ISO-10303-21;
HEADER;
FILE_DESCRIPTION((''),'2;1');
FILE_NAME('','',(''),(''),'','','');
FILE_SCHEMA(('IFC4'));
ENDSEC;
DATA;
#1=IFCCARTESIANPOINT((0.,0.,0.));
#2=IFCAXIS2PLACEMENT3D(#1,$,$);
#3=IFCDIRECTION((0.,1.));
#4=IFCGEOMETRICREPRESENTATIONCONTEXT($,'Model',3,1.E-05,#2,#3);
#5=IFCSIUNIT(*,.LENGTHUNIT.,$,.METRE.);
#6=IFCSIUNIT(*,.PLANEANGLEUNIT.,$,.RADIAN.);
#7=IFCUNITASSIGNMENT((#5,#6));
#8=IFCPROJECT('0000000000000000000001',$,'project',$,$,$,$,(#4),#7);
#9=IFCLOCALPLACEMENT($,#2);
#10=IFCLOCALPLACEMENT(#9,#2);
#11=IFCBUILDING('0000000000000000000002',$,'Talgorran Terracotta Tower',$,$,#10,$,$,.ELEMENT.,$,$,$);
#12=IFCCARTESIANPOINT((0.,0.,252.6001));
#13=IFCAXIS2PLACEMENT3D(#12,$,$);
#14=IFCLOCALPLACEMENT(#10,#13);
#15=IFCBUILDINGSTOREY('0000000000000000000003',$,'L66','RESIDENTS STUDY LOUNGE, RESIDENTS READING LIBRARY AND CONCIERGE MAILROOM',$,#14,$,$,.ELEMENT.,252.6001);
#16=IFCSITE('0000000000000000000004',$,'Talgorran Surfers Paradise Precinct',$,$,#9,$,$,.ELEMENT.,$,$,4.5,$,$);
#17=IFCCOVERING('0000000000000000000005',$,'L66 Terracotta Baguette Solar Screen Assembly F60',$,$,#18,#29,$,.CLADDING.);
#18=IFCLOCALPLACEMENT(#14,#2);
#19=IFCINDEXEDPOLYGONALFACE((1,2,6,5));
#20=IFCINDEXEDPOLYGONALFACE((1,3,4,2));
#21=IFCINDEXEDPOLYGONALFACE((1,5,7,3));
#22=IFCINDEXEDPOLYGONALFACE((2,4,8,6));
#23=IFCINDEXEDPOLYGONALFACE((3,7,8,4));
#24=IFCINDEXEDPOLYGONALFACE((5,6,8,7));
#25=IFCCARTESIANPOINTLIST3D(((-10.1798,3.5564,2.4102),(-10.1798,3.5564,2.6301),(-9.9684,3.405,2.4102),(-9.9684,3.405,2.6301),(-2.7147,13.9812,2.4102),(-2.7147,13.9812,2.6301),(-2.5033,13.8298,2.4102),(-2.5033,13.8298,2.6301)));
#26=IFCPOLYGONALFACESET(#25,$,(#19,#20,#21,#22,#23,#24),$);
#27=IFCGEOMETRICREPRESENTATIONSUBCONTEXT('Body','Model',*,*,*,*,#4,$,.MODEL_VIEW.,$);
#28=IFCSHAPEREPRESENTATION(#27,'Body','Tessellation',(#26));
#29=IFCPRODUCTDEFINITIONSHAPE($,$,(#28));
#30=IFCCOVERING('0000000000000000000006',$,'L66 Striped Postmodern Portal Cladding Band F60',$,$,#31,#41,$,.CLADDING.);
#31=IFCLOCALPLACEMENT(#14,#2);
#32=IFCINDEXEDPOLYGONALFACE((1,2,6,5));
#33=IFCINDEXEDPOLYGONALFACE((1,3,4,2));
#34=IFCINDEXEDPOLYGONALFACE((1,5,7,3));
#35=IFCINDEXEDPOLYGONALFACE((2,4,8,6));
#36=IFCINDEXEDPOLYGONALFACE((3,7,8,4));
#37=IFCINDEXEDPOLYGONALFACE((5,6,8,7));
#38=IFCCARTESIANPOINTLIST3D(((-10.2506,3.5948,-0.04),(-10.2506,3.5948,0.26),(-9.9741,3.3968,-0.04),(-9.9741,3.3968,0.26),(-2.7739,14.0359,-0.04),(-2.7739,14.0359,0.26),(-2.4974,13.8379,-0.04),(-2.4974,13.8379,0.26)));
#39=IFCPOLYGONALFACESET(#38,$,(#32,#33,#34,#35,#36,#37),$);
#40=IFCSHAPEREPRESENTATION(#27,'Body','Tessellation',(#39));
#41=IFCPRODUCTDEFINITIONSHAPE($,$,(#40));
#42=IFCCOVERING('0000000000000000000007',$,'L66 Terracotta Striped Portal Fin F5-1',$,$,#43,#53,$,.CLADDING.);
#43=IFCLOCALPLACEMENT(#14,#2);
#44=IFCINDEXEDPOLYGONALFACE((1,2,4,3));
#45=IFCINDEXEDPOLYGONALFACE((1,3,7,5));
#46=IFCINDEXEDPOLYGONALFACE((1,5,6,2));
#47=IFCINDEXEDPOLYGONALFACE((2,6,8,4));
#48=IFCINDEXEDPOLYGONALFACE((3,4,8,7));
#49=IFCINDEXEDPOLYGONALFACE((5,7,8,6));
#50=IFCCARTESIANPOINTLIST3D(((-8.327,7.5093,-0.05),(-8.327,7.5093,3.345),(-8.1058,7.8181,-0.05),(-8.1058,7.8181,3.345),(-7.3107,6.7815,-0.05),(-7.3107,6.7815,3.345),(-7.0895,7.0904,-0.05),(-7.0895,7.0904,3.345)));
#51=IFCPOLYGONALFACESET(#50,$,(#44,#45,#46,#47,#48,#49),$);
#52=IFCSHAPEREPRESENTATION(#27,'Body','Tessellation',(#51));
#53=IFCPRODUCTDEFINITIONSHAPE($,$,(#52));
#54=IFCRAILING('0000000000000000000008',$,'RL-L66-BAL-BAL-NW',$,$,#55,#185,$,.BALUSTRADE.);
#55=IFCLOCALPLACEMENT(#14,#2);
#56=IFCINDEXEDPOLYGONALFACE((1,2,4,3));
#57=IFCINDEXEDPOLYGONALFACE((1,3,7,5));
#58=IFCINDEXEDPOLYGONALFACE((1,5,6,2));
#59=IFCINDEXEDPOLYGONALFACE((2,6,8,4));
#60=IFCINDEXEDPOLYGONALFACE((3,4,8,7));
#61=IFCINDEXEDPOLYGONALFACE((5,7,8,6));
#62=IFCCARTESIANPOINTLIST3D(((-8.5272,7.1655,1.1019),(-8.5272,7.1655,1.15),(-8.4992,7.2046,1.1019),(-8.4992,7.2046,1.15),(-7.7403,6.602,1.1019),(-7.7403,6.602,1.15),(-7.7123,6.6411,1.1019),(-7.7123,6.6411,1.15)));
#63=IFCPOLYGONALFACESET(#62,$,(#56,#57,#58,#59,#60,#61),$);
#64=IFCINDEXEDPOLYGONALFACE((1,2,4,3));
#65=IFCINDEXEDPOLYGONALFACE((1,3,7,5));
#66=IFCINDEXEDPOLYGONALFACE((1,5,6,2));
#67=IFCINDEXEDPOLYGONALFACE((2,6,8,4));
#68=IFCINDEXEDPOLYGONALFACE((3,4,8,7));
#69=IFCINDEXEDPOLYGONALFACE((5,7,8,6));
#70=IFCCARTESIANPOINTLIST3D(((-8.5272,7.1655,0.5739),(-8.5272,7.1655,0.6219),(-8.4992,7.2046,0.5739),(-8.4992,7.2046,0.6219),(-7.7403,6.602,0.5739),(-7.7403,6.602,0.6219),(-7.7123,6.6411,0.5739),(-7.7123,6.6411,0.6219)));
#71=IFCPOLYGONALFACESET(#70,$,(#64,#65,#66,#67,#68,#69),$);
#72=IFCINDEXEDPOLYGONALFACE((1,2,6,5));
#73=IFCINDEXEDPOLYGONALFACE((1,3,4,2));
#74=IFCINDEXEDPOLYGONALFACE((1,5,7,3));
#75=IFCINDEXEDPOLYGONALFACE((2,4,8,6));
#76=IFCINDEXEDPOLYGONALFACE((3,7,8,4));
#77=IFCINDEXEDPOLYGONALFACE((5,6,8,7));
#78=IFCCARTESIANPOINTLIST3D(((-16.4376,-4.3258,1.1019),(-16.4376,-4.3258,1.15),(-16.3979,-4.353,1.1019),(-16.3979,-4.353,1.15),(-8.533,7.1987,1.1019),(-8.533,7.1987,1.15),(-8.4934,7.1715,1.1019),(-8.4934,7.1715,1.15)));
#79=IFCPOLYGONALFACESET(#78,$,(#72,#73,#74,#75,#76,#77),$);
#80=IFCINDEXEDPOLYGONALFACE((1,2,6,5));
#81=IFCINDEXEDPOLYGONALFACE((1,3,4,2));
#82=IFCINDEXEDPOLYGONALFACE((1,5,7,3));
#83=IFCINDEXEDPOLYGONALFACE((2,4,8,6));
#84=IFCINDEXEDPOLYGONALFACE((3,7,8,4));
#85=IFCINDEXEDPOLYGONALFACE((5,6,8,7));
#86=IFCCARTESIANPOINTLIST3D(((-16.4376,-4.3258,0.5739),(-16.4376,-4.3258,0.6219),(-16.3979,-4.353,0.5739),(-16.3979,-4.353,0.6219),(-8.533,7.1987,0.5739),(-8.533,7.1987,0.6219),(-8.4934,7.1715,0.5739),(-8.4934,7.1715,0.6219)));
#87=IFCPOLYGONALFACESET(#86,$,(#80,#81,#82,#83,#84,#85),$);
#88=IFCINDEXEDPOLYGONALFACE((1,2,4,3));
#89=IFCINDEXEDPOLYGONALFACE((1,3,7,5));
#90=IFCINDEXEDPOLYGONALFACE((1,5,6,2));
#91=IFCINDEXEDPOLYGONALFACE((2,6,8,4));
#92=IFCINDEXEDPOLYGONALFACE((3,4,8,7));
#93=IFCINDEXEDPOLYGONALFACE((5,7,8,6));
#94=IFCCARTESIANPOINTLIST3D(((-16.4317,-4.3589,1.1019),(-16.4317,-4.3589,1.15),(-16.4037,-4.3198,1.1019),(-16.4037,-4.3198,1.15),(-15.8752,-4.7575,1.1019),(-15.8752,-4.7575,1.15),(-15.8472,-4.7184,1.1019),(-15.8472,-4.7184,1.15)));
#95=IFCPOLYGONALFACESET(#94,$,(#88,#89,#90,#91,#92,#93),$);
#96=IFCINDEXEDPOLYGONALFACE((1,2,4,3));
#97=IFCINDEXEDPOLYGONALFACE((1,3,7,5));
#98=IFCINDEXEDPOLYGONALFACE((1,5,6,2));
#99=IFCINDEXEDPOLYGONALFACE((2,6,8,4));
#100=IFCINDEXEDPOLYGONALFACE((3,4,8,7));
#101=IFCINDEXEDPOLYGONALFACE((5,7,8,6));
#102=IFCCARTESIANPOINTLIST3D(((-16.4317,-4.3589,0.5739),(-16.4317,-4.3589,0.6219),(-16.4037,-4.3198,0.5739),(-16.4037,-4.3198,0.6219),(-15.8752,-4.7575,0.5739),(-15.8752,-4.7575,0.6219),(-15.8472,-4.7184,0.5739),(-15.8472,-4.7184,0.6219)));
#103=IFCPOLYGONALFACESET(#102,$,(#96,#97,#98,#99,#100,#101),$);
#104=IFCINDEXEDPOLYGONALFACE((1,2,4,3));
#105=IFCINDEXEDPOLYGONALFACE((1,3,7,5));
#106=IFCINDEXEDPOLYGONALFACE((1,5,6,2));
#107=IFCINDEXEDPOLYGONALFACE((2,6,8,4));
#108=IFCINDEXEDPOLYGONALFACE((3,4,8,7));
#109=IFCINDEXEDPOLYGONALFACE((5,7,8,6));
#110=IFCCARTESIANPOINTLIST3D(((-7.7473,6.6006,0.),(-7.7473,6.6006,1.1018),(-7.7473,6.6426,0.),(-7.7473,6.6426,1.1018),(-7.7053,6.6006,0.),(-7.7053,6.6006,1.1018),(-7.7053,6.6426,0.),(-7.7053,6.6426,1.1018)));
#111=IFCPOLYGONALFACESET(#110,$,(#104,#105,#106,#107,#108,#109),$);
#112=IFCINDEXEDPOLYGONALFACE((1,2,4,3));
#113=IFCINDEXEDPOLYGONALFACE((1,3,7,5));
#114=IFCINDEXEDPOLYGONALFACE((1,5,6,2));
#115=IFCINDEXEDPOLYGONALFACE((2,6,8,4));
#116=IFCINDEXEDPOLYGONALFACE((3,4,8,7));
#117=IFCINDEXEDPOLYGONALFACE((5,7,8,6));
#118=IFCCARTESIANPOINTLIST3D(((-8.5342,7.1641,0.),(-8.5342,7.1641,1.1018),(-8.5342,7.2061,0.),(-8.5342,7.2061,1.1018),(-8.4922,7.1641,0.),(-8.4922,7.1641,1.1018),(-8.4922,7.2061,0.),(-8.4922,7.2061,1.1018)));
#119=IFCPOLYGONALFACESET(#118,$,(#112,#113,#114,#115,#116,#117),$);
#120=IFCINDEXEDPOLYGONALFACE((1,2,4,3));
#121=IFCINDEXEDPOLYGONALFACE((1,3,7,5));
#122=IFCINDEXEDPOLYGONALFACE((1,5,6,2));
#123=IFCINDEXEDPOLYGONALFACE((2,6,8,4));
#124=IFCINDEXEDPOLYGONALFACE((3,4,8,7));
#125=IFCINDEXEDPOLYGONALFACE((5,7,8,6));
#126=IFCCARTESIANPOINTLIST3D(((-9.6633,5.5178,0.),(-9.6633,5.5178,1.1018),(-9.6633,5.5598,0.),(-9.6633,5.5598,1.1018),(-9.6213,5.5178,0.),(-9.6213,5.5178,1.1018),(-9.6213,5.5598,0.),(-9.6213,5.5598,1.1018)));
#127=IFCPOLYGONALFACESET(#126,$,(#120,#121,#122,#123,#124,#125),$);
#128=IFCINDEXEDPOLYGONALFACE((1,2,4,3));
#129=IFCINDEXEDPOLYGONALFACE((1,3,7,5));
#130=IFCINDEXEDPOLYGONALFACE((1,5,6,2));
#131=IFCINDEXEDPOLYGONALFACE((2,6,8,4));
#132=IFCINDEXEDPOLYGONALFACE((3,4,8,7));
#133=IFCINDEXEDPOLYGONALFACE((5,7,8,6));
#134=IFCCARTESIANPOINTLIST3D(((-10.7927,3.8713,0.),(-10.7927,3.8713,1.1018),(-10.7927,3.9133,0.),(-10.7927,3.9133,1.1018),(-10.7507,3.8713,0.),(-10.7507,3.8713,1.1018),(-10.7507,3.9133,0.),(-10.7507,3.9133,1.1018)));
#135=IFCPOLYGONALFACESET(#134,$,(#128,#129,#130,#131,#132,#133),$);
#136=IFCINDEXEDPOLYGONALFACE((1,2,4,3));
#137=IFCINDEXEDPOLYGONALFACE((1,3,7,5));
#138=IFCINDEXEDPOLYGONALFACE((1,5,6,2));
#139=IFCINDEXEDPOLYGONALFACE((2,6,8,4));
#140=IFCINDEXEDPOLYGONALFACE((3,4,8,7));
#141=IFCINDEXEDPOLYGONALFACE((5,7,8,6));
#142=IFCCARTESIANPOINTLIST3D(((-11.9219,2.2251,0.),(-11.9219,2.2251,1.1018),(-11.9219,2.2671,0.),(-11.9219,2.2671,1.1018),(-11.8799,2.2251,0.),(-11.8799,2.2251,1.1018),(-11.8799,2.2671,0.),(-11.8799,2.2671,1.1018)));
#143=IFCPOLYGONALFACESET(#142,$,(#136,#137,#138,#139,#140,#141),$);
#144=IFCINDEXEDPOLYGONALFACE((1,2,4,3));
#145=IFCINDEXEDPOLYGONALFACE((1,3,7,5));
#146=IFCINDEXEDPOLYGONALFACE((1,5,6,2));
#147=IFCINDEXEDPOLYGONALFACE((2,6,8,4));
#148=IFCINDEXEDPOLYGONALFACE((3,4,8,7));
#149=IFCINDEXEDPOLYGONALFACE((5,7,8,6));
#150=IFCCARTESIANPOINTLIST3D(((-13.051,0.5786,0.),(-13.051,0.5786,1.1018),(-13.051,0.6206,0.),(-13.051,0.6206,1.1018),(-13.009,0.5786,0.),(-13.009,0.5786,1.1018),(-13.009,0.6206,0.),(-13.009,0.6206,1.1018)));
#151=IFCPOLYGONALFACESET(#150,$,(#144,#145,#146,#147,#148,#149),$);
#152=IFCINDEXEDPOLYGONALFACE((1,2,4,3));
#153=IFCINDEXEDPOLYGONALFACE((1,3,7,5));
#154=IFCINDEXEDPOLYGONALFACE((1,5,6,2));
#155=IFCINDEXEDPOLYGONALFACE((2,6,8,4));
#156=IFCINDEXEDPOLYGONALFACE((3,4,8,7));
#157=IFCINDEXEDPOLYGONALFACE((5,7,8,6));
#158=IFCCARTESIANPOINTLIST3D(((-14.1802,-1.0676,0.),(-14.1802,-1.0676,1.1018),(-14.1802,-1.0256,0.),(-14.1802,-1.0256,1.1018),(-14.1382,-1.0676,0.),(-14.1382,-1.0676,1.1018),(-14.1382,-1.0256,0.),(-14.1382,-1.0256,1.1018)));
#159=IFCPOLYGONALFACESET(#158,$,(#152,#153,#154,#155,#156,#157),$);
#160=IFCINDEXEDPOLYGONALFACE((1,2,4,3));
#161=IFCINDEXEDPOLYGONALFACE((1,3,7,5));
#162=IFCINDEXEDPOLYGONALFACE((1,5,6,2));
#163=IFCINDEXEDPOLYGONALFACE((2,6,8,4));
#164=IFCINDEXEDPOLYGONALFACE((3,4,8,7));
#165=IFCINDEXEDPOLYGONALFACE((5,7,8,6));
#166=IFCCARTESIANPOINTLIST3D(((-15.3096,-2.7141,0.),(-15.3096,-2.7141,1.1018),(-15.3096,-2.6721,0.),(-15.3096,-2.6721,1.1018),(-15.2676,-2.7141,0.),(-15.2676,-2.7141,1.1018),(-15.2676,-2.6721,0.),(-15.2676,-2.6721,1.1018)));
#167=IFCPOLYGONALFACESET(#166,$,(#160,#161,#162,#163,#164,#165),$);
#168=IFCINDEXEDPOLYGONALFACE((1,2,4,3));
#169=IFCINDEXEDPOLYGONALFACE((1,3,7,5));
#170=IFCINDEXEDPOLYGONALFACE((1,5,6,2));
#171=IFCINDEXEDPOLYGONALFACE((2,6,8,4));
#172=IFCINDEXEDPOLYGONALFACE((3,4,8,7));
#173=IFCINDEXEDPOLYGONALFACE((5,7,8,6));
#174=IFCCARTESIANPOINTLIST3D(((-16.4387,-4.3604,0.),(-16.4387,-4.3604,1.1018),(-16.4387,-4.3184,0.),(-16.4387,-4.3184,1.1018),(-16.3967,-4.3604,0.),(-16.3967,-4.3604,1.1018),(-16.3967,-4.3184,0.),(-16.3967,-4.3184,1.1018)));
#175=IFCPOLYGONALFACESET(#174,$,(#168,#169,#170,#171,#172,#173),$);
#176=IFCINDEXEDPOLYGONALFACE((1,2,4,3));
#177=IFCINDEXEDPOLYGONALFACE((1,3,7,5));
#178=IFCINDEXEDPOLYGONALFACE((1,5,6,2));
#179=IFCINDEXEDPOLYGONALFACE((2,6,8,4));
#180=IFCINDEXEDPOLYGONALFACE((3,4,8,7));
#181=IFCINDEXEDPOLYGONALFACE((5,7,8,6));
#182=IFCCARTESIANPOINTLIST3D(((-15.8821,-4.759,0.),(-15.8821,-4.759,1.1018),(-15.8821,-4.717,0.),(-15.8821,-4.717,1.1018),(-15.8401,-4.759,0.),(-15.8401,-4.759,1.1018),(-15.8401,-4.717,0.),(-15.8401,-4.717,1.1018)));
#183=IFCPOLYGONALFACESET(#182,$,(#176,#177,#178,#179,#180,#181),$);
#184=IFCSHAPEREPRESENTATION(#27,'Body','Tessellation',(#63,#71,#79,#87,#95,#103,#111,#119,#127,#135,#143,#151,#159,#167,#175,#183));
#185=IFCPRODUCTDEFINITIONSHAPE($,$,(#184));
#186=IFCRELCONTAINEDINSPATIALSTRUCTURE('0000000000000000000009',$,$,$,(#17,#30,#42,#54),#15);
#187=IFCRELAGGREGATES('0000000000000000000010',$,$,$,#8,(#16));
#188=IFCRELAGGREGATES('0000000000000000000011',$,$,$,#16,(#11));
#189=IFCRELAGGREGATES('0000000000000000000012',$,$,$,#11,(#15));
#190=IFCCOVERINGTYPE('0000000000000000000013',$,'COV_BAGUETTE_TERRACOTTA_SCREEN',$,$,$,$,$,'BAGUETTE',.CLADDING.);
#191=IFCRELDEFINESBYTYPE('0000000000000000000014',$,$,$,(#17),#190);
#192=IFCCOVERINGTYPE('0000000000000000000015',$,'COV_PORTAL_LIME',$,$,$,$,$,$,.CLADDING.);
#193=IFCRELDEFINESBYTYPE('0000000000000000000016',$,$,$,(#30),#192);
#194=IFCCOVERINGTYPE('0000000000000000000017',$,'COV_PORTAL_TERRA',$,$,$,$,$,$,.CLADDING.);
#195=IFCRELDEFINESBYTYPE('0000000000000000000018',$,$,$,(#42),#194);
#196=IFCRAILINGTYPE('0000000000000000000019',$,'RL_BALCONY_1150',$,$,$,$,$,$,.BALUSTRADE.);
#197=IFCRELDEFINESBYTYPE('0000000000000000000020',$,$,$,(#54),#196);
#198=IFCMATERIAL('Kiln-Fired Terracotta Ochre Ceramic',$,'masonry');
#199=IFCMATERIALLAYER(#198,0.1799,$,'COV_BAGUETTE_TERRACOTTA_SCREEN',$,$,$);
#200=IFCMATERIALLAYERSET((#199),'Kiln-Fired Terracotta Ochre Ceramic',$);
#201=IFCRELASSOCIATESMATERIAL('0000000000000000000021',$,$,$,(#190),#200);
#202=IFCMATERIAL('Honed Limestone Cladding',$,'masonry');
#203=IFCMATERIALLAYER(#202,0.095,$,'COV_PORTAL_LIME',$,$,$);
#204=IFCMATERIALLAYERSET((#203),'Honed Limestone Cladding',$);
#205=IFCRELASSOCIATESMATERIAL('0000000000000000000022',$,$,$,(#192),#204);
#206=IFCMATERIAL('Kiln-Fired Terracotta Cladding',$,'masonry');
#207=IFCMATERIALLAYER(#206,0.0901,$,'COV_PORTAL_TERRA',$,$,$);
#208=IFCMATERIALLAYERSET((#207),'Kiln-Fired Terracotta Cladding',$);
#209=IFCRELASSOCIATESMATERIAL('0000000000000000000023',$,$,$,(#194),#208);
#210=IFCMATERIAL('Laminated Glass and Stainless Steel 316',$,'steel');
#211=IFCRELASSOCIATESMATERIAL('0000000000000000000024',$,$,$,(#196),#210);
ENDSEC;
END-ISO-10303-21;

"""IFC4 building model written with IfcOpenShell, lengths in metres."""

from ifc_helpers import new_model, si_unit, direction, frame, origin, origin_2d, place, context, subcontext, project, spatial, rectangle, extrude, material, layer, layer_set, type_object, element, save


model = new_model("IFC4")

# Units and contexts
model_context = context("Model", 3, precision=1e-05, world=origin(), true_north=direction((0.0, 1.0)))
body_context = subcontext(model_context, "Body", "Model", "MODEL_VIEW")
ifc_project = project(units=[si_unit("LENGTHUNIT", "METRE"), si_unit("PLANEANGLEUNIT", "RADIAN")], contexts=[model_context])

# Site, building, storey
site_placement = place(None, origin())
site = spatial("IfcSite", under=ifc_project, at=site_placement, Name="Talgorran Surfers Paradise Precinct", CompositionType="ELEMENT", RefElevation=4.5)
building_placement = place(site_placement, origin())
building = spatial("IfcBuilding", under=site, at=building_placement, Name="Talgorran Terracotta Tower", CompositionType="ELEMENT")
storey_placement = place(building_placement, frame((0.0, 0.0, 252.6001)))
storey = spatial("IfcBuildingStorey", under=building, at=storey_placement, Name="L66", Description="RESIDENTS STUDY LOUNGE, RESIDENTS READING LIBRARY AND CONCIERGE MAILROOM", CompositionType="ELEMENT", Elevation=252.6001)

# Coverings
ifc_material_1 = material(Name="Kiln-Fired Terracotta Ochre Ceramic", Category="masonry")
ifc_layer_1 = layer(ifc_material_1, 0.1799, Name="COV_BAGUETTE_TERRACOTTA_SCREEN")
ifc_layer_set_1 = layer_set([ifc_layer_1], Name="Kiln-Fired Terracotta Ochre Ceramic")
covering_type_1 = type_object("IfcCoveringType", Name="COV_BAGUETTE_TERRACOTTA_SCREEN", ElementType="BAGUETTE", PredefinedType="CLADDING", material=ifc_layer_set_1)
covering_1_placement = place(storey_placement, frame((-6.3416, 8.6931, 2.4102), z_axis=(0.0, 0.0, 1.0), x_axis=(-0.582208, -0.81304, 0.0)))
element("IfcCovering", 1, at=covering_1_placement, inside=storey, type_object=covering_type_1, Name="L66 Terracotta Baguette Solar Screen Assembly F60", PredefinedType="CLADDING", context=body_context, shape_type="SweptSolid", body=[
    extrude(rectangle(XDim=12.822, YDim=0.26, at=origin_2d()), origin(), (0.0, 0.0, 1.0), 0.22),
])
ifc_material_2 = material(Name="Honed Limestone Cladding", Category="masonry")
ifc_layer_2 = layer(ifc_material_2, 0.095, Name="COV_PORTAL_LIME")
ifc_layer_set_2 = layer_set([ifc_layer_2], Name="Honed Limestone Cladding")
covering_type_2 = type_object("IfcCoveringType", Name="COV_PORTAL_LIME", PredefinedType="CLADDING", material=ifc_layer_set_2)
covering_2_placement = place(storey_placement, frame((-6.374, 8.7163, -0.04), z_axis=(0.0, 0.0, 1.0), x_axis=(-0.582208, -0.81304, 0.0)))
element("IfcCovering", 2, at=covering_2_placement, inside=storey, type_object=covering_type_2, Name="L66 Striped Postmodern Portal Cladding Band F60", PredefinedType="CLADDING", context=body_context, shape_type="SweptSolid", body=[
    extrude(rectangle(XDim=12.842, YDim=0.3401, at=origin_2d()), origin(), (0.0, 0.0, 1.0), 0.3),
])
ifc_material_3 = material(Name="Kiln-Fired Terracotta Cladding", Category="masonry")
ifc_layer_3 = layer(ifc_material_3, 0.0901, Name="COV_PORTAL_TERRA")
ifc_layer_set_3 = layer_set([ifc_layer_3], Name="Kiln-Fired Terracotta Cladding")
covering_type_3 = type_object("IfcCoveringType", Name="COV_PORTAL_TERRA", PredefinedType="CLADDING", material=ifc_layer_set_3)
covering_3_placement = place(storey_placement, frame((-7.7083, 7.2998, -0.05), z_axis=(0.0, 0.0, 1.0), x_axis=(-0.582208, -0.81304, 0.0)))
element("IfcCovering", 3, at=covering_3_placement, inside=storey, type_object=covering_type_3, Name="L66 Terracotta Striped Portal Fin F5-1", PredefinedType="CLADDING", context=body_context, shape_type="SweptSolid", body=[
    extrude(rectangle(XDim=0.3799, YDim=1.25, at=origin_2d()), origin(), (0.0, 0.0, 1.0), 3.395),
])

# Railing
ifc_material_4 = material(Name="Laminated Glass and Stainless Steel 316", Category="steel")
railing_type = type_object("IfcRailingType", Name="RL_BALCONY_1150", PredefinedType="BALUSTRADE", material=ifc_material_4)
railing_placement = place(storey_placement, frame((-7.7263, 6.6216, 0.0)))
element("IfcRailing", 4, at=railing_placement, inside=storey, type_object=railing_type, Name="RL-L66-BAL-BAL-NW", PredefinedType="BALUSTRADE", context=body_context, shape_type="SweptSolid", body=[
    extrude(rectangle(XDim=0.0481, YDim=0.0481, at=origin_2d()), frame((0.0, 0.0, 1.126), z_axis=(-0.813034, 0.582216, 0.0), x_axis=(-0.582216, -0.813034, 0.0)), (0.0, 0.0, 1.0), 0.9678),
    extrude(rectangle(XDim=0.0481, YDim=0.0481, at=origin_2d()), frame((0.0, 0.0, 0.5979), z_axis=(-0.813034, 0.582216, 0.0), x_axis=(-0.582216, -0.813034, 0.0)), (0.0, 0.0, 1.0), 0.9678),
    extrude(rectangle(XDim=0.0481, YDim=0.0481, at=origin_2d()), frame((-0.7869, 0.5635, 1.126), z_axis=(-0.56563, -0.824659, 0.0), x_axis=(0.824659, -0.56563, 0.0)), (0.0, 0.0, 1.0), 13.9749),
    extrude(rectangle(XDim=0.0481, YDim=0.0481, at=origin_2d()), frame((-0.7869, 0.5635, 0.5979), z_axis=(-0.56563, -0.824659, 0.0), x_axis=(0.824659, -0.56563, 0.0)), (0.0, 0.0, 1.0), 13.9749),
    extrude(rectangle(XDim=0.0481, YDim=0.0481, at=origin_2d()), frame((-8.6914, -10.9609, 1.126), z_axis=(0.812986, -0.582283, 0.0), x_axis=(0.582283, 0.812986, 0.0)), (0.0, 0.0, 1.0), 0.6846),
    extrude(rectangle(XDim=0.0481, YDim=0.0481, at=origin_2d()), frame((-8.6914, -10.9609, 0.5979), z_axis=(0.812986, -0.582283, 0.0), x_axis=(0.582283, 0.812986, 0.0)), (0.0, 0.0, 1.0), 0.6846),
    extrude(rectangle(XDim=0.042, YDim=0.042, at=origin_2d()), origin(), (0.0, 0.0, 1.0), 1.1018),
    extrude(rectangle(XDim=0.042, YDim=0.042, at=origin_2d()), frame((-0.7869, 0.5635, 0.0)), (0.0, 0.0, 1.0), 1.1018),
    extrude(rectangle(XDim=0.042, YDim=0.042, at=origin_2d()), frame((-1.916, -1.0828, 0.0)), (0.0, 0.0, 1.0), 1.1018),
    extrude(rectangle(XDim=0.042, YDim=0.042, at=origin_2d()), frame((-3.0454, -2.7292, 0.0)), (0.0, 0.0, 1.0), 1.1018),
    extrude(rectangle(XDim=0.042, YDim=0.042, at=origin_2d()), frame((-4.1746, -4.3755, 0.0)), (0.0, 0.0, 1.0), 1.1018),
    extrude(rectangle(XDim=0.042, YDim=0.042, at=origin_2d()), frame((-5.3037, -6.022, 0.0)), (0.0, 0.0, 1.0), 1.1018),
    extrude(rectangle(XDim=0.042, YDim=0.042, at=origin_2d()), frame((-6.4329, -7.6682, 0.0)), (0.0, 0.0, 1.0), 1.1018),
    extrude(rectangle(XDim=0.042, YDim=0.042, at=origin_2d()), frame((-7.5623, -9.3147, 0.0)), (0.0, 0.0, 1.0), 1.1018),
    extrude(rectangle(XDim=0.042, YDim=0.042, at=origin_2d()), frame((-8.6914, -10.9609, 0.0)), (0.0, 0.0, 1.0), 1.1018),
    extrude(rectangle(XDim=0.042, YDim=0.042, at=origin_2d()), frame((-8.1348, -11.3596, 0.0)), (0.0, 0.0, 1.0), 1.1018),
])

save(model, "model.ifc")
